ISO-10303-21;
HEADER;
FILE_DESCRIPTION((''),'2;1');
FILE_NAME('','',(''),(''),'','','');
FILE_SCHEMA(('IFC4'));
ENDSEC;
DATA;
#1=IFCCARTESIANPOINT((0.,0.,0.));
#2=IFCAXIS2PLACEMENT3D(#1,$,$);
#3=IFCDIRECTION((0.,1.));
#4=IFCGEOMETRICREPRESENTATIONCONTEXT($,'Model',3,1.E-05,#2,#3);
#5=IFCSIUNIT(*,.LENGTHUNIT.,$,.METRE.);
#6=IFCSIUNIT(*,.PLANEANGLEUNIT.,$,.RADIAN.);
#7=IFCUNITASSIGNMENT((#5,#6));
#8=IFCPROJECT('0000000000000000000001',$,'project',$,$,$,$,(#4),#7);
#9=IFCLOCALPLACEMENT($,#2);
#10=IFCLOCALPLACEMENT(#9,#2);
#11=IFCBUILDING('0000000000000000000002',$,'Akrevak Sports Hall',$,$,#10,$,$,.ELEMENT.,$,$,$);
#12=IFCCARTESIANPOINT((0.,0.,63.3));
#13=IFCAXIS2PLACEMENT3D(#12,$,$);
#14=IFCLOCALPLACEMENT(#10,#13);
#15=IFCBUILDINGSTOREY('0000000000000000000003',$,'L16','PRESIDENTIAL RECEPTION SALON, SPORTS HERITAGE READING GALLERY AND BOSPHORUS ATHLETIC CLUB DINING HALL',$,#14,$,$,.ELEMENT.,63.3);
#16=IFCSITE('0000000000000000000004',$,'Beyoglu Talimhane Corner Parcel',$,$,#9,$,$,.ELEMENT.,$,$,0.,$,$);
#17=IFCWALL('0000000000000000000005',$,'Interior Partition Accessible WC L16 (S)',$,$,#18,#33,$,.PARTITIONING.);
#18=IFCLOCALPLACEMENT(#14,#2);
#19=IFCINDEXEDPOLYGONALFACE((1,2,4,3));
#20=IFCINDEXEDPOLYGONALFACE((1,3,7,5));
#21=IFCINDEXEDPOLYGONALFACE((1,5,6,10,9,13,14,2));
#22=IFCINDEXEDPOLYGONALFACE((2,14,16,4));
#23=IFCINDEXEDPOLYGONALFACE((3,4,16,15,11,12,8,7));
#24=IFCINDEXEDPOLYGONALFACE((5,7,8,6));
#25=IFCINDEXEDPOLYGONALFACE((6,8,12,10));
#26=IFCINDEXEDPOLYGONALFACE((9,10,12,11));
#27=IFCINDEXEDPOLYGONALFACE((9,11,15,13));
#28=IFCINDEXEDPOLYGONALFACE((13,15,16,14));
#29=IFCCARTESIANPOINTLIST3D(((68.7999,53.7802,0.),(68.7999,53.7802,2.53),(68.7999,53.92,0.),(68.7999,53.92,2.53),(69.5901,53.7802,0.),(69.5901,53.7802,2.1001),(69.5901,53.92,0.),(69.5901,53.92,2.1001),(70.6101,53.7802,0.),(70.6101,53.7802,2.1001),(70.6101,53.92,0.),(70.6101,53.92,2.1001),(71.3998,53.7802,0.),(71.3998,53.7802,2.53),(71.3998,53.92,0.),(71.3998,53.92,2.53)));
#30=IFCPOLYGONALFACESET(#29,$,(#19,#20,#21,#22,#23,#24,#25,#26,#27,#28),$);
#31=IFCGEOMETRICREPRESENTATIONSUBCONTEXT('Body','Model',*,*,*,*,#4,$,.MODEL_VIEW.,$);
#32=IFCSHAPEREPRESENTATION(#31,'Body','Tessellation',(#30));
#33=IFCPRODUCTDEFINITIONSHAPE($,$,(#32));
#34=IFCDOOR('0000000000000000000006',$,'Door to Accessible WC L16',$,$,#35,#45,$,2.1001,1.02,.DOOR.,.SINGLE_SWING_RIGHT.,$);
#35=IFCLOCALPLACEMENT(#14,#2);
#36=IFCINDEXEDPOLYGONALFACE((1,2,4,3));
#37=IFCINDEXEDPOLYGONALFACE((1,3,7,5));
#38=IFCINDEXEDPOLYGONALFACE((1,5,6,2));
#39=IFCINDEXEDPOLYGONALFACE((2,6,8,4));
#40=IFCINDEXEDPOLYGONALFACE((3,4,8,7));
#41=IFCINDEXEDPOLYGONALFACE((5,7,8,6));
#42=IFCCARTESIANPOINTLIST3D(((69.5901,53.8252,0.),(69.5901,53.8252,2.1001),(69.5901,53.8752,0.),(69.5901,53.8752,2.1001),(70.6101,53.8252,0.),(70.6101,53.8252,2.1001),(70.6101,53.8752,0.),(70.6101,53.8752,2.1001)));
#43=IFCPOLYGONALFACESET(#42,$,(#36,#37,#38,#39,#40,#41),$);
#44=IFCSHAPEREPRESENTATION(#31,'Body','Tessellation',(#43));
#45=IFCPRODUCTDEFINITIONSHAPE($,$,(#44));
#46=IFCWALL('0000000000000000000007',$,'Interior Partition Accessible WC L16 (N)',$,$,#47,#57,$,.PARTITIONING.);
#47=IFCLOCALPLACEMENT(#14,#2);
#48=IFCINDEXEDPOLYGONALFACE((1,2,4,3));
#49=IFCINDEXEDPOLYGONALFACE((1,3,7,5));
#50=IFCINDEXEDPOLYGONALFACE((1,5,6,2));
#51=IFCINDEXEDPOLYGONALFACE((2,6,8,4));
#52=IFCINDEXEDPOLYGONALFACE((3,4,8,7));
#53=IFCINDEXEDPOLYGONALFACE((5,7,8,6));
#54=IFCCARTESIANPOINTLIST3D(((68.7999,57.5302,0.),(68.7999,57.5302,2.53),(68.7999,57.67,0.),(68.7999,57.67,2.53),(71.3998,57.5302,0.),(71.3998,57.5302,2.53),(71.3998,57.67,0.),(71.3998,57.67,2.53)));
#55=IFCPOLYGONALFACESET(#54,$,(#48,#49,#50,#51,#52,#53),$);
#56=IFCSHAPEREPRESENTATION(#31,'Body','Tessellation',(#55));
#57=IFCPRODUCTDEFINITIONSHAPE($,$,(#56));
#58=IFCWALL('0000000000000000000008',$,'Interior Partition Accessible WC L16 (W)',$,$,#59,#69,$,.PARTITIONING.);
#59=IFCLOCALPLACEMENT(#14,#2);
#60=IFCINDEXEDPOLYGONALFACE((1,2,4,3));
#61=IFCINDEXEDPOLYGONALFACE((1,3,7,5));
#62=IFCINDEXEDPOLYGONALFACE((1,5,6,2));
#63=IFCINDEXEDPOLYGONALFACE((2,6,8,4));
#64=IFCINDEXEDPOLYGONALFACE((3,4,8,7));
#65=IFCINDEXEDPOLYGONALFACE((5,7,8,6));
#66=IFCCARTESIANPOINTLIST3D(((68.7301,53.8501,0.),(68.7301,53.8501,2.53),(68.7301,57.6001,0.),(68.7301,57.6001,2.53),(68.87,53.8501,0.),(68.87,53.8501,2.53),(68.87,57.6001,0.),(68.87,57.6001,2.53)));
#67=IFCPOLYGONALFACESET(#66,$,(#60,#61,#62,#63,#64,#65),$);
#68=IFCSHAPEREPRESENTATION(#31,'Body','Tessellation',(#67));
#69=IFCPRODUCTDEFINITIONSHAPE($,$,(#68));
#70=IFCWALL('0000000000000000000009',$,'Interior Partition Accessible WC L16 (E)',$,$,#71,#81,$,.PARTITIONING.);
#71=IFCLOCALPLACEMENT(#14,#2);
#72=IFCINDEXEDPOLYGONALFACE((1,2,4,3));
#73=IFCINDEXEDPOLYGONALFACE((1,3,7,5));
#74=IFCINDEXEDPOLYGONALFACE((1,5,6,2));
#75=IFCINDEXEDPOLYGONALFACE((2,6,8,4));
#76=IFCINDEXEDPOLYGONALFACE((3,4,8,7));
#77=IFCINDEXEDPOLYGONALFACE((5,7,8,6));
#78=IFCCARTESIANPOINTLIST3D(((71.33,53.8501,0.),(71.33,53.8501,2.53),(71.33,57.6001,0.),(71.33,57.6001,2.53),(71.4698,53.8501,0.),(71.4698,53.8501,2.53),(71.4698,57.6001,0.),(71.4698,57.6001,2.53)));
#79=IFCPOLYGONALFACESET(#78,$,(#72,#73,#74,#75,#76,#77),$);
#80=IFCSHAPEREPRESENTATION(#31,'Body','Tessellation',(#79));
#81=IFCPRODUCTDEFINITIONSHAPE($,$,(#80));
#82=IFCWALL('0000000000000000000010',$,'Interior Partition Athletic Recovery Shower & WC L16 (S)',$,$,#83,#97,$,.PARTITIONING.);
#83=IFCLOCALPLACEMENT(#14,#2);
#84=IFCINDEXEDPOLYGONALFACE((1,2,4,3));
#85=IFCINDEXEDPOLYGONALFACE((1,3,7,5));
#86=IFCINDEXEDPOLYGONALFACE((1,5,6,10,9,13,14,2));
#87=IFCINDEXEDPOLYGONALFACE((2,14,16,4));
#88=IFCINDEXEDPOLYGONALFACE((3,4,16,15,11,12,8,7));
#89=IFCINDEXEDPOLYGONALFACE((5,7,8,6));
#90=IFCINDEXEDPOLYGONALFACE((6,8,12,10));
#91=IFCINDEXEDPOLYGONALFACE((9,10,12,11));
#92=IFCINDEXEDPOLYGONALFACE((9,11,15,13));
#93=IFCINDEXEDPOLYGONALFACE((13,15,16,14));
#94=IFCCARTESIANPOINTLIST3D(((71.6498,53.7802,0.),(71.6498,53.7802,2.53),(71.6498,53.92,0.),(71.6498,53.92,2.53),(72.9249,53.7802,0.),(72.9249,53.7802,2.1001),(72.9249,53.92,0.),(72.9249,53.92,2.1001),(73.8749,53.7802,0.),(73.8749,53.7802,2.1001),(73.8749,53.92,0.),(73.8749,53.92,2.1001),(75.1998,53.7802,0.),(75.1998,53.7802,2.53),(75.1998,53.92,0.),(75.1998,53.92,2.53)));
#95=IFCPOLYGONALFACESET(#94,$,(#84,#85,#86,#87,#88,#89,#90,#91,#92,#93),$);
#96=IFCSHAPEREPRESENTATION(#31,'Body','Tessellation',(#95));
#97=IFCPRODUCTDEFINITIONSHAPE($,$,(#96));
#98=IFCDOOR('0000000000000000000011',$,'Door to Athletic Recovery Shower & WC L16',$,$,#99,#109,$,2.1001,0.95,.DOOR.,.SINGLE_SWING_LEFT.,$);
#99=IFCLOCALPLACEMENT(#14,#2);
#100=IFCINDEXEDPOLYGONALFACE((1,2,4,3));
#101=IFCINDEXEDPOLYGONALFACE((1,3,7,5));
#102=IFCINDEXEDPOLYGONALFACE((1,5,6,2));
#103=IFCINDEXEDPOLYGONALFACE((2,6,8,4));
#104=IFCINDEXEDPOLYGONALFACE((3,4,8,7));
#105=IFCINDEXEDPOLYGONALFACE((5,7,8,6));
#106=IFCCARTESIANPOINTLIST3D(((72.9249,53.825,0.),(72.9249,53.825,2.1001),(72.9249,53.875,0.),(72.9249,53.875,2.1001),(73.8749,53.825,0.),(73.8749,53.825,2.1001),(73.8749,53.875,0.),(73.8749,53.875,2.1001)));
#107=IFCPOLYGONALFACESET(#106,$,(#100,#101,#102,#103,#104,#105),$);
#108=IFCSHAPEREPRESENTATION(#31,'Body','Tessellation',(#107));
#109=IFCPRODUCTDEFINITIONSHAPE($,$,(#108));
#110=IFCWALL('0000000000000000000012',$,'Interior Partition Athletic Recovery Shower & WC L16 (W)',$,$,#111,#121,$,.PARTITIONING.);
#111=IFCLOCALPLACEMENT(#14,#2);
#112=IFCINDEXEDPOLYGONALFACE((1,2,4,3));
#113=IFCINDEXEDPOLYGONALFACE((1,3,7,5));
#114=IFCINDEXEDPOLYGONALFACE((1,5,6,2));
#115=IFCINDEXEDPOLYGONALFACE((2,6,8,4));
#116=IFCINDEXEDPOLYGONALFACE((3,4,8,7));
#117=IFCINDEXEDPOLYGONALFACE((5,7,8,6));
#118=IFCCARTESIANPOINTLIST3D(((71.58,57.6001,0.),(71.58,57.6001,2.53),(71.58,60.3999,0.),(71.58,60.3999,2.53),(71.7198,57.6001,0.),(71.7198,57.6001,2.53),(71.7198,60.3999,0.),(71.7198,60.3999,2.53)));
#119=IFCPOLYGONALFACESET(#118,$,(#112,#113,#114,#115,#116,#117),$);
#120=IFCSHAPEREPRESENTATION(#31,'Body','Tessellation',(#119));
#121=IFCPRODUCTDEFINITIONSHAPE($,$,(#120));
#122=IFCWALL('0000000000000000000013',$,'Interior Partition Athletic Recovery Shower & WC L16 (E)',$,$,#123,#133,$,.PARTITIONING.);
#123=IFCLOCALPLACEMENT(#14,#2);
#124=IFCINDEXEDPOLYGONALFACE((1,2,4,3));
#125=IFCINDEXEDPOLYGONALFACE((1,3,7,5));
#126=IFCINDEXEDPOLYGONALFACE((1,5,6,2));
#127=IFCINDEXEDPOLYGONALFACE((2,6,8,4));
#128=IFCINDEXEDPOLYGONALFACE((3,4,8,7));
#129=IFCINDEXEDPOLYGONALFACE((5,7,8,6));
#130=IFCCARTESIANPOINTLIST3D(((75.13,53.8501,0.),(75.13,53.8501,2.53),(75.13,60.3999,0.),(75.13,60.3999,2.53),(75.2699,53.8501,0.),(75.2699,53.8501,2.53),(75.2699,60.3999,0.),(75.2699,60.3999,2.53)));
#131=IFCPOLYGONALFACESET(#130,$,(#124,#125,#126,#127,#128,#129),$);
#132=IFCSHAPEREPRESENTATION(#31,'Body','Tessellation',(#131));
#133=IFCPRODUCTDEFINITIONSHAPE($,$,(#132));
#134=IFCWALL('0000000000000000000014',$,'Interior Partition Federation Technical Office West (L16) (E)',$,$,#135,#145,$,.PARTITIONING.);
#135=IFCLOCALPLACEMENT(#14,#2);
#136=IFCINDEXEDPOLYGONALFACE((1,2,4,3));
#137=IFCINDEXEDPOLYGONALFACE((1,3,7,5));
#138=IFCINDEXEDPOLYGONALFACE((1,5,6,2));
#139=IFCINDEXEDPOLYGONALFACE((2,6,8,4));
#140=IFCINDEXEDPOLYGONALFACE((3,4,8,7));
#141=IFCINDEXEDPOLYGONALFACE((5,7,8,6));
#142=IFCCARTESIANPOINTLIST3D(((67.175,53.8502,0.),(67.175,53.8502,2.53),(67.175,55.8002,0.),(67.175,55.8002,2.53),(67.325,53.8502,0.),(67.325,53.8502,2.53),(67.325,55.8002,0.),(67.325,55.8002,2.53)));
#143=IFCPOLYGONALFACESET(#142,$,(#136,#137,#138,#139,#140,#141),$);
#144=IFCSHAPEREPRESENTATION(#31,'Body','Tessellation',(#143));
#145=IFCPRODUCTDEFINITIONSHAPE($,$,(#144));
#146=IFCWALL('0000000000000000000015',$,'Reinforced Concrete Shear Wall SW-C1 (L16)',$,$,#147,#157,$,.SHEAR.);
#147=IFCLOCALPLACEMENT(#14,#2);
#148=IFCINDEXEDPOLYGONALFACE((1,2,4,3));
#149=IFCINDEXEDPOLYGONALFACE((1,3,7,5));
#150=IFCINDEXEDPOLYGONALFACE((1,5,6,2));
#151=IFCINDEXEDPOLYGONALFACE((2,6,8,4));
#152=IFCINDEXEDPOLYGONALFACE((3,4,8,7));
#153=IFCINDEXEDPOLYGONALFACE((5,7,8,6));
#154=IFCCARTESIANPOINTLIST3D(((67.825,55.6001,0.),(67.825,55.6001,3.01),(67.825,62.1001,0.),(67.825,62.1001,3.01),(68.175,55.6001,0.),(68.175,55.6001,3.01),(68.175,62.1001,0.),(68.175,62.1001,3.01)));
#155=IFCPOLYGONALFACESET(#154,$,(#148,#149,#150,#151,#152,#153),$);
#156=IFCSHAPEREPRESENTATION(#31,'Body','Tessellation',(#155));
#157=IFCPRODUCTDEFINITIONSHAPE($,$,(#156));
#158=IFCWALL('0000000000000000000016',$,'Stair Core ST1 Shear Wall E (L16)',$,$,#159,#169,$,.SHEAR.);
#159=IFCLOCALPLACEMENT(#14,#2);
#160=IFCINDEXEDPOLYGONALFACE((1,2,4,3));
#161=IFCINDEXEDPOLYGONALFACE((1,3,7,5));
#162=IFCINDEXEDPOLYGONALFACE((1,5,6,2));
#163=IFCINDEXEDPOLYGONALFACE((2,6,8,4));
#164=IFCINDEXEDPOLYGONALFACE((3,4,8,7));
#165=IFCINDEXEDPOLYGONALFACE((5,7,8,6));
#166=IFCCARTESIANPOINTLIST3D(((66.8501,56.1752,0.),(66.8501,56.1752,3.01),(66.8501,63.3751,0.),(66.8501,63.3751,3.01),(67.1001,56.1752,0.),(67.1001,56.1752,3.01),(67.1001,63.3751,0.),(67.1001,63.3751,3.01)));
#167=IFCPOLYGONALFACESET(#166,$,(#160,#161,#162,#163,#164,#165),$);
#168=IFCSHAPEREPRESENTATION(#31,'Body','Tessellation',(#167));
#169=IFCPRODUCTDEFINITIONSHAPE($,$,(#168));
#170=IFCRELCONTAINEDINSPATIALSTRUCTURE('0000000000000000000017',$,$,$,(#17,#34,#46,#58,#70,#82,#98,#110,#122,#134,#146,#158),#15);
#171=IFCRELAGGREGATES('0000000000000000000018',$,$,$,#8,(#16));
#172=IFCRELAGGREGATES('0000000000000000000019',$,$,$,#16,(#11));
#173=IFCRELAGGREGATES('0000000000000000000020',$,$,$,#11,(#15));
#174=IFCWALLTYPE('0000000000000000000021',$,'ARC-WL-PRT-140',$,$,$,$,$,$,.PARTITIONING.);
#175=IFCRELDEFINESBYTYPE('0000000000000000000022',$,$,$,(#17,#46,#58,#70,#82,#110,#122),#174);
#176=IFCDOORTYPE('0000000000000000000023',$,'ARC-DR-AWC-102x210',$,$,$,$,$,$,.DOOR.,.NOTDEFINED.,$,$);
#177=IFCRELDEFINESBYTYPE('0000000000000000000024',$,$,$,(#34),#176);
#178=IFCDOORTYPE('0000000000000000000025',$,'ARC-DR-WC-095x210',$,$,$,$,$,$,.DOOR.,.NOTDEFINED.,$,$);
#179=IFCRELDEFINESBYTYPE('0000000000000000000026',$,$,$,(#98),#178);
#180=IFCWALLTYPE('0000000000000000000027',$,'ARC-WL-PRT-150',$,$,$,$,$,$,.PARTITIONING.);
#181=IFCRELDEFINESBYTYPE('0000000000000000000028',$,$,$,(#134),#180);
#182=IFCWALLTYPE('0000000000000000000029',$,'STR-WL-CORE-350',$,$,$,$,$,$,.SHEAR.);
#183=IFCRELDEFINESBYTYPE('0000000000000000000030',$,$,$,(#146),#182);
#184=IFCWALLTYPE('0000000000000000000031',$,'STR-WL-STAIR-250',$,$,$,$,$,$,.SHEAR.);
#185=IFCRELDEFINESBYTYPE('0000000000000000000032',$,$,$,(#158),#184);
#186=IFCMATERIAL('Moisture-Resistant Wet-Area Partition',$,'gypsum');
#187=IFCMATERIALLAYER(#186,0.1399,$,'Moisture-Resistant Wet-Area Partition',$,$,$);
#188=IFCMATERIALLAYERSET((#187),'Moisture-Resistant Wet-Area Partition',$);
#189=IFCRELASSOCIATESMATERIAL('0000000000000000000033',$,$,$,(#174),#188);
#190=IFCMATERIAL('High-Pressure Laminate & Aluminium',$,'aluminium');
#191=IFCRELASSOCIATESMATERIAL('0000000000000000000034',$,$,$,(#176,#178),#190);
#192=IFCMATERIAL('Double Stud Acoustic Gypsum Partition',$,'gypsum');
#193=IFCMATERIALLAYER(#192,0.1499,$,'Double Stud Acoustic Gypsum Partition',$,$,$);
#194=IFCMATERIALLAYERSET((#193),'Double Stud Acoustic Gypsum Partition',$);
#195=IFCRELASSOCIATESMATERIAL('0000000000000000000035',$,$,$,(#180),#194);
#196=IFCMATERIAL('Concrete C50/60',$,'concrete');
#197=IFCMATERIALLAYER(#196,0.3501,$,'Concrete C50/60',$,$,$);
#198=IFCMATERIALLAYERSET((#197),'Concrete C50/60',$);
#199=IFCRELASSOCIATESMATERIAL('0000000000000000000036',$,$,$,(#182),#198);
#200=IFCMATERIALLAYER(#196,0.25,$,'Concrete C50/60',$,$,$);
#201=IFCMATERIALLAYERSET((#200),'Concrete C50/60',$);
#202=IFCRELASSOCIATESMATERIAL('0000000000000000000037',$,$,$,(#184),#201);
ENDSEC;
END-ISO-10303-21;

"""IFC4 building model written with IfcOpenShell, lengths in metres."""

from ifc_helpers import new_model, si_unit, direction, frame, frame_2d, origin, place, context, subcontext, project, spatial, rectangle, extrude, material, layer, layer_set, type_object, element, fill, save


model = new_model("IFC4")

# Units and contexts
model_context = context("Model", 3, precision=1e-05, world=origin(), true_north=direction((0.0, 1.0)))
body_context = subcontext(model_context, "Body", "Model", "MODEL_VIEW")
ifc_project = project(units=[si_unit("LENGTHUNIT", "METRE"), si_unit("PLANEANGLEUNIT", "RADIAN")], contexts=[model_context])

# Site, building, storey
site_placement = place(None, origin())
site = spatial("IfcSite", under=ifc_project, at=site_placement, Name="Beyoglu Talimhane Corner Parcel", CompositionType="ELEMENT", RefElevation=0.0)
building_placement = place(site_placement, origin())
building = spatial("IfcBuilding", under=site, at=building_placement, Name="Akrevak Sports Hall", CompositionType="ELEMENT")
storey_placement = place(building_placement, frame((0.0, 0.0, 63.3)))
storey = spatial("IfcBuildingStorey", under=building, at=storey_placement, Name="L16", Description="PRESIDENTIAL RECEPTION SALON, SPORTS HERITAGE READING GALLERY AND BOSPHORUS ATHLETIC CLUB DINING HALL", CompositionType="ELEMENT", Elevation=63.3)

# Wall, opening, door
ifc_material_1 = material(Name="Moisture-Resistant Wet-Area Partition", Category="gypsum")
ifc_layer_1 = layer(ifc_material_1, 0.1399, Name="Moisture-Resistant Wet-Area Partition")
ifc_layer_set_1 = layer_set([ifc_layer_1], Name="Moisture-Resistant Wet-Area Partition")
wall_type_1 = type_object("IfcWallType", Name="ARC-WL-PRT-140", PredefinedType="PARTITIONING", material=ifc_layer_set_1)
wall_1_placement = place(storey_placement, frame((68.8, 53.8501, 0.0), z_axis=(0.0, 0.0, 1.0), x_axis=(1.0, 0.0, 0.0)))
wall_1 = element("IfcWall", 1, at=wall_1_placement, inside=storey, type_object=wall_type_1, Name="Interior Partition Accessible WC L16 (S)", PredefinedType="PARTITIONING", context=body_context, shape_type="SweptSolid", body=[
    extrude(rectangle(XDim=2.5999, YDim=0.1399, at=frame_2d((1.2998, 0.0))), origin(), (0.0, 0.0, 1.0), 2.53),
])
opening_1_placement = place(wall_1_placement, frame((0.79, 0.0, 0.0)))
opening_1 = element("IfcOpeningElement", 2, at=opening_1_placement, cuts=wall_1, PredefinedType="OPENING", context=body_context, shape_type="SweptSolid", body=[
    extrude(rectangle(XDim=1.02, YDim=2.1001, at=frame_2d((0.51, 1.05))), frame((0.0, 0.082, 0.0), z_axis=(0.0, -1.0, 0.0), x_axis=(1.0, 0.0, 0.0)), (0.0, 0.0, 1.0), 0.1638),
])
ifc_material_2 = material(Name="High-Pressure Laminate & Aluminium", Category="aluminium")
door_type_1 = type_object("IfcDoorType", Name="ARC-DR-AWC-102x210", OperationType="NOTDEFINED", PredefinedType="DOOR", material=ifc_material_2)
door_1_placement = place(opening_1_placement, frame((1.02, 0.0, 0.0), z_axis=(0.0, 0.0, 1.0), x_axis=(-1.0, 0.0, 0.0)))
door_1 = element("IfcDoor", 3, at=door_1_placement, inside=storey, type_object=door_type_1, Name="Door to Accessible WC L16", OperationType="SINGLE_SWING_RIGHT", OverallHeight=2.1001, OverallWidth=1.02, PredefinedType="DOOR", context=body_context, shape_type="SweptSolid", body=[
    extrude(rectangle(XDim=1.02, YDim=2.1001, at=frame_2d((0.51, 1.05))), frame((0.0, 0.0249, 0.0), z_axis=(0.0, -1.0, 0.0), x_axis=(1.0, 0.0, 0.0)), (0.0, 0.0, 1.0), 0.05),
])
fill(opening_1, door_1)

# Walls
wall_2_placement = place(storey_placement, frame((68.8, 57.6001, 0.0), z_axis=(0.0, 0.0, 1.0), x_axis=(1.0, 0.0, 0.0)))
element("IfcWall", 4, at=wall_2_placement, inside=storey, type_object=wall_type_1, Name="Interior Partition Accessible WC L16 (N)", PredefinedType="PARTITIONING", context=body_context, shape_type="SweptSolid", body=[
    extrude(rectangle(XDim=2.5999, YDim=0.1399, at=frame_2d((1.2998, 0.0))), origin(), (0.0, 0.0, 1.0), 2.53),
])
for number, where, z_axis, x_axis, name in (
    (5, (68.8, 53.8501, 0.0), (0.0, 0.0, 1.0), (0.0, 1.0, 0.0), "Interior Partition Accessible WC L16 (W)"),
    (6, (71.3999, 53.8501, 0.0), (0.0, 0.0, 1.0), (0.0, 1.0, 0.0), "Interior Partition Accessible WC L16 (E)"),
):
    element("IfcWall", number, at=place(storey_placement, frame(where, z_axis=z_axis, x_axis=x_axis)), inside=storey, type_object=wall_type_1, Name=name, PredefinedType="PARTITIONING", context=body_context, shape_type="SweptSolid", body=[
        extrude(rectangle(XDim=3.75, YDim=0.1399, at=frame_2d((1.875, 0.0))), origin(), (0.0, 0.0, 1.0), 2.53),
    ])

# Wall, opening, door
wall_3_placement = place(storey_placement, frame((71.6499, 53.8501, 0.0), z_axis=(0.0, 0.0, 1.0), x_axis=(1.0, 0.0, 0.0)))
wall_3 = element("IfcWall", 7, at=wall_3_placement, inside=storey, type_object=wall_type_1, Name="Interior Partition Athletic Recovery Shower & WC L16 (S)", PredefinedType="PARTITIONING", context=body_context, shape_type="SweptSolid", body=[
    extrude(rectangle(XDim=3.55, YDim=0.1399, at=frame_2d((1.7749, 0.0))), origin(), (0.0, 0.0, 1.0), 2.53),
])
opening_2_placement = place(wall_3_placement, frame((1.2749, 0.0, 0.0)))
opening_2 = element("IfcOpeningElement", 8, at=opening_2_placement, cuts=wall_3, PredefinedType="OPENING", context=body_context, shape_type="SweptSolid", body=[
    extrude(rectangle(XDim=0.95, YDim=2.1001, at=frame_2d((0.4751, 1.05))), frame((0.0, 0.082, 0.0), z_axis=(0.0, -1.0, 0.0), x_axis=(1.0, 0.0, 0.0)), (0.0, 0.0, 1.0), 0.1638),
])
door_type_2 = type_object("IfcDoorType", Name="ARC-DR-WC-095x210", OperationType="NOTDEFINED", PredefinedType="DOOR", material=ifc_material_2)
door_2_placement = place(opening_2_placement, origin())
door_2 = element("IfcDoor", 9, at=door_2_placement, inside=storey, type_object=door_type_2, Name="Door to Athletic Recovery Shower & WC L16", OperationType="SINGLE_SWING_LEFT", OverallHeight=2.1001, OverallWidth=0.95, PredefinedType="DOOR", context=body_context, shape_type="SweptSolid", body=[
    extrude(rectangle(XDim=0.95, YDim=2.1001, at=frame_2d((0.4751, 1.05))), frame((0.0, 0.0249, 0.0), z_axis=(0.0, -1.0, 0.0), x_axis=(1.0, 0.0, 0.0)), (0.0, 0.0, 1.0), 0.05),
])
fill(opening_2, door_2)

# Walls
wall_4_placement = place(storey_placement, frame((71.6499, 57.6001, 0.0), z_axis=(0.0, 0.0, 1.0), x_axis=(0.0, 1.0, 0.0)))
element("IfcWall", 10, at=wall_4_placement, inside=storey, type_object=wall_type_1, Name="Interior Partition Athletic Recovery Shower & WC L16 (W)", PredefinedType="PARTITIONING", context=body_context, shape_type="SweptSolid", body=[
    extrude(rectangle(XDim=2.7998, YDim=0.1399, at=frame_2d((1.3999, 0.0))), origin(), (0.0, 0.0, 1.0), 2.53),
])
wall_5_placement = place(storey_placement, frame((75.2, 53.8501, 0.0), z_axis=(0.0, 0.0, 1.0), x_axis=(0.0, 1.0, 0.0)))
element("IfcWall", 11, at=wall_5_placement, inside=storey, type_object=wall_type_1, Name="Interior Partition Athletic Recovery Shower & WC L16 (E)", PredefinedType="PARTITIONING", context=body_context, shape_type="SweptSolid", body=[
    extrude(rectangle(XDim=6.5498, YDim=0.1399, at=frame_2d((3.2749, 0.0))), origin(), (0.0, 0.0, 1.0), 2.53),
])
ifc_material_3 = material(Name="Double Stud Acoustic Gypsum Partition", Category="gypsum")
ifc_layer_2 = layer(ifc_material_3, 0.1499, Name="Double Stud Acoustic Gypsum Partition")
ifc_layer_set_2 = layer_set([ifc_layer_2], Name="Double Stud Acoustic Gypsum Partition")
wall_type_2 = type_object("IfcWallType", Name="ARC-WL-PRT-150", PredefinedType="PARTITIONING", material=ifc_layer_set_2)
wall_6_placement = place(storey_placement, frame((67.25, 53.8501, 0.0), z_axis=(0.0, 0.0, 1.0), x_axis=(0.0, 1.0, 0.0)))
element("IfcWall", 12, at=wall_6_placement, inside=storey, type_object=wall_type_2, Name="Interior Partition Federation Technical Office West (L16) (E)", PredefinedType="PARTITIONING", context=body_context, shape_type="SweptSolid", body=[
    extrude(rectangle(XDim=1.95, YDim=0.1499, at=frame_2d((0.9751, 0.0))), origin(), (0.0, 0.0, 1.0), 2.53),
])
ifc_material_4 = material(Name="Concrete C50/60", Category="concrete")
ifc_layer_3 = layer(ifc_material_4, 0.3501, Name="Concrete C50/60")
ifc_layer_set_3 = layer_set([ifc_layer_3], Name="Concrete C50/60")
wall_type_3 = type_object("IfcWallType", Name="STR-WL-CORE-350", PredefinedType="SHEAR", material=ifc_layer_set_3)
wall_7_placement = place(storey_placement, frame((68.0, 55.6001, 0.0), z_axis=(0.0, 0.0, 1.0), x_axis=(0.0, 1.0, 0.0)))
element("IfcWall", 13, at=wall_7_placement, inside=storey, type_object=wall_type_3, Name="Reinforced Concrete Shear Wall SW-C1 (L16)", PredefinedType="SHEAR", context=body_context, shape_type="SweptSolid", body=[
    extrude(rectangle(XDim=6.5, YDim=0.3501, at=frame_2d((3.25, 0.0))), origin(), (0.0, 0.0, 1.0), 3.01),
])
ifc_layer_4 = layer(ifc_material_4, 0.25, Name="Concrete C50/60")
ifc_layer_set_4 = layer_set([ifc_layer_4], Name="Concrete C50/60")
wall_type_4 = type_object("IfcWallType", Name="STR-WL-STAIR-250", PredefinedType="SHEAR", material=ifc_layer_set_4)
wall_8_placement = place(storey_placement, frame((66.9751, 56.175, 0.0), z_axis=(0.0, 0.0, 1.0), x_axis=(0.0, 1.0, 0.0)))
element("IfcWall", 14, at=wall_8_placement, inside=storey, type_object=wall_type_4, Name="Stair Core ST1 Shear Wall E (L16)", PredefinedType="SHEAR", context=body_context, shape_type="SweptSolid", body=[
    extrude(rectangle(XDim=7.2, YDim=0.25, at=frame_2d((3.6001, 0.0))), origin(), (0.0, 0.0, 1.0), 3.01),
])

save(model, "model.ifc")
